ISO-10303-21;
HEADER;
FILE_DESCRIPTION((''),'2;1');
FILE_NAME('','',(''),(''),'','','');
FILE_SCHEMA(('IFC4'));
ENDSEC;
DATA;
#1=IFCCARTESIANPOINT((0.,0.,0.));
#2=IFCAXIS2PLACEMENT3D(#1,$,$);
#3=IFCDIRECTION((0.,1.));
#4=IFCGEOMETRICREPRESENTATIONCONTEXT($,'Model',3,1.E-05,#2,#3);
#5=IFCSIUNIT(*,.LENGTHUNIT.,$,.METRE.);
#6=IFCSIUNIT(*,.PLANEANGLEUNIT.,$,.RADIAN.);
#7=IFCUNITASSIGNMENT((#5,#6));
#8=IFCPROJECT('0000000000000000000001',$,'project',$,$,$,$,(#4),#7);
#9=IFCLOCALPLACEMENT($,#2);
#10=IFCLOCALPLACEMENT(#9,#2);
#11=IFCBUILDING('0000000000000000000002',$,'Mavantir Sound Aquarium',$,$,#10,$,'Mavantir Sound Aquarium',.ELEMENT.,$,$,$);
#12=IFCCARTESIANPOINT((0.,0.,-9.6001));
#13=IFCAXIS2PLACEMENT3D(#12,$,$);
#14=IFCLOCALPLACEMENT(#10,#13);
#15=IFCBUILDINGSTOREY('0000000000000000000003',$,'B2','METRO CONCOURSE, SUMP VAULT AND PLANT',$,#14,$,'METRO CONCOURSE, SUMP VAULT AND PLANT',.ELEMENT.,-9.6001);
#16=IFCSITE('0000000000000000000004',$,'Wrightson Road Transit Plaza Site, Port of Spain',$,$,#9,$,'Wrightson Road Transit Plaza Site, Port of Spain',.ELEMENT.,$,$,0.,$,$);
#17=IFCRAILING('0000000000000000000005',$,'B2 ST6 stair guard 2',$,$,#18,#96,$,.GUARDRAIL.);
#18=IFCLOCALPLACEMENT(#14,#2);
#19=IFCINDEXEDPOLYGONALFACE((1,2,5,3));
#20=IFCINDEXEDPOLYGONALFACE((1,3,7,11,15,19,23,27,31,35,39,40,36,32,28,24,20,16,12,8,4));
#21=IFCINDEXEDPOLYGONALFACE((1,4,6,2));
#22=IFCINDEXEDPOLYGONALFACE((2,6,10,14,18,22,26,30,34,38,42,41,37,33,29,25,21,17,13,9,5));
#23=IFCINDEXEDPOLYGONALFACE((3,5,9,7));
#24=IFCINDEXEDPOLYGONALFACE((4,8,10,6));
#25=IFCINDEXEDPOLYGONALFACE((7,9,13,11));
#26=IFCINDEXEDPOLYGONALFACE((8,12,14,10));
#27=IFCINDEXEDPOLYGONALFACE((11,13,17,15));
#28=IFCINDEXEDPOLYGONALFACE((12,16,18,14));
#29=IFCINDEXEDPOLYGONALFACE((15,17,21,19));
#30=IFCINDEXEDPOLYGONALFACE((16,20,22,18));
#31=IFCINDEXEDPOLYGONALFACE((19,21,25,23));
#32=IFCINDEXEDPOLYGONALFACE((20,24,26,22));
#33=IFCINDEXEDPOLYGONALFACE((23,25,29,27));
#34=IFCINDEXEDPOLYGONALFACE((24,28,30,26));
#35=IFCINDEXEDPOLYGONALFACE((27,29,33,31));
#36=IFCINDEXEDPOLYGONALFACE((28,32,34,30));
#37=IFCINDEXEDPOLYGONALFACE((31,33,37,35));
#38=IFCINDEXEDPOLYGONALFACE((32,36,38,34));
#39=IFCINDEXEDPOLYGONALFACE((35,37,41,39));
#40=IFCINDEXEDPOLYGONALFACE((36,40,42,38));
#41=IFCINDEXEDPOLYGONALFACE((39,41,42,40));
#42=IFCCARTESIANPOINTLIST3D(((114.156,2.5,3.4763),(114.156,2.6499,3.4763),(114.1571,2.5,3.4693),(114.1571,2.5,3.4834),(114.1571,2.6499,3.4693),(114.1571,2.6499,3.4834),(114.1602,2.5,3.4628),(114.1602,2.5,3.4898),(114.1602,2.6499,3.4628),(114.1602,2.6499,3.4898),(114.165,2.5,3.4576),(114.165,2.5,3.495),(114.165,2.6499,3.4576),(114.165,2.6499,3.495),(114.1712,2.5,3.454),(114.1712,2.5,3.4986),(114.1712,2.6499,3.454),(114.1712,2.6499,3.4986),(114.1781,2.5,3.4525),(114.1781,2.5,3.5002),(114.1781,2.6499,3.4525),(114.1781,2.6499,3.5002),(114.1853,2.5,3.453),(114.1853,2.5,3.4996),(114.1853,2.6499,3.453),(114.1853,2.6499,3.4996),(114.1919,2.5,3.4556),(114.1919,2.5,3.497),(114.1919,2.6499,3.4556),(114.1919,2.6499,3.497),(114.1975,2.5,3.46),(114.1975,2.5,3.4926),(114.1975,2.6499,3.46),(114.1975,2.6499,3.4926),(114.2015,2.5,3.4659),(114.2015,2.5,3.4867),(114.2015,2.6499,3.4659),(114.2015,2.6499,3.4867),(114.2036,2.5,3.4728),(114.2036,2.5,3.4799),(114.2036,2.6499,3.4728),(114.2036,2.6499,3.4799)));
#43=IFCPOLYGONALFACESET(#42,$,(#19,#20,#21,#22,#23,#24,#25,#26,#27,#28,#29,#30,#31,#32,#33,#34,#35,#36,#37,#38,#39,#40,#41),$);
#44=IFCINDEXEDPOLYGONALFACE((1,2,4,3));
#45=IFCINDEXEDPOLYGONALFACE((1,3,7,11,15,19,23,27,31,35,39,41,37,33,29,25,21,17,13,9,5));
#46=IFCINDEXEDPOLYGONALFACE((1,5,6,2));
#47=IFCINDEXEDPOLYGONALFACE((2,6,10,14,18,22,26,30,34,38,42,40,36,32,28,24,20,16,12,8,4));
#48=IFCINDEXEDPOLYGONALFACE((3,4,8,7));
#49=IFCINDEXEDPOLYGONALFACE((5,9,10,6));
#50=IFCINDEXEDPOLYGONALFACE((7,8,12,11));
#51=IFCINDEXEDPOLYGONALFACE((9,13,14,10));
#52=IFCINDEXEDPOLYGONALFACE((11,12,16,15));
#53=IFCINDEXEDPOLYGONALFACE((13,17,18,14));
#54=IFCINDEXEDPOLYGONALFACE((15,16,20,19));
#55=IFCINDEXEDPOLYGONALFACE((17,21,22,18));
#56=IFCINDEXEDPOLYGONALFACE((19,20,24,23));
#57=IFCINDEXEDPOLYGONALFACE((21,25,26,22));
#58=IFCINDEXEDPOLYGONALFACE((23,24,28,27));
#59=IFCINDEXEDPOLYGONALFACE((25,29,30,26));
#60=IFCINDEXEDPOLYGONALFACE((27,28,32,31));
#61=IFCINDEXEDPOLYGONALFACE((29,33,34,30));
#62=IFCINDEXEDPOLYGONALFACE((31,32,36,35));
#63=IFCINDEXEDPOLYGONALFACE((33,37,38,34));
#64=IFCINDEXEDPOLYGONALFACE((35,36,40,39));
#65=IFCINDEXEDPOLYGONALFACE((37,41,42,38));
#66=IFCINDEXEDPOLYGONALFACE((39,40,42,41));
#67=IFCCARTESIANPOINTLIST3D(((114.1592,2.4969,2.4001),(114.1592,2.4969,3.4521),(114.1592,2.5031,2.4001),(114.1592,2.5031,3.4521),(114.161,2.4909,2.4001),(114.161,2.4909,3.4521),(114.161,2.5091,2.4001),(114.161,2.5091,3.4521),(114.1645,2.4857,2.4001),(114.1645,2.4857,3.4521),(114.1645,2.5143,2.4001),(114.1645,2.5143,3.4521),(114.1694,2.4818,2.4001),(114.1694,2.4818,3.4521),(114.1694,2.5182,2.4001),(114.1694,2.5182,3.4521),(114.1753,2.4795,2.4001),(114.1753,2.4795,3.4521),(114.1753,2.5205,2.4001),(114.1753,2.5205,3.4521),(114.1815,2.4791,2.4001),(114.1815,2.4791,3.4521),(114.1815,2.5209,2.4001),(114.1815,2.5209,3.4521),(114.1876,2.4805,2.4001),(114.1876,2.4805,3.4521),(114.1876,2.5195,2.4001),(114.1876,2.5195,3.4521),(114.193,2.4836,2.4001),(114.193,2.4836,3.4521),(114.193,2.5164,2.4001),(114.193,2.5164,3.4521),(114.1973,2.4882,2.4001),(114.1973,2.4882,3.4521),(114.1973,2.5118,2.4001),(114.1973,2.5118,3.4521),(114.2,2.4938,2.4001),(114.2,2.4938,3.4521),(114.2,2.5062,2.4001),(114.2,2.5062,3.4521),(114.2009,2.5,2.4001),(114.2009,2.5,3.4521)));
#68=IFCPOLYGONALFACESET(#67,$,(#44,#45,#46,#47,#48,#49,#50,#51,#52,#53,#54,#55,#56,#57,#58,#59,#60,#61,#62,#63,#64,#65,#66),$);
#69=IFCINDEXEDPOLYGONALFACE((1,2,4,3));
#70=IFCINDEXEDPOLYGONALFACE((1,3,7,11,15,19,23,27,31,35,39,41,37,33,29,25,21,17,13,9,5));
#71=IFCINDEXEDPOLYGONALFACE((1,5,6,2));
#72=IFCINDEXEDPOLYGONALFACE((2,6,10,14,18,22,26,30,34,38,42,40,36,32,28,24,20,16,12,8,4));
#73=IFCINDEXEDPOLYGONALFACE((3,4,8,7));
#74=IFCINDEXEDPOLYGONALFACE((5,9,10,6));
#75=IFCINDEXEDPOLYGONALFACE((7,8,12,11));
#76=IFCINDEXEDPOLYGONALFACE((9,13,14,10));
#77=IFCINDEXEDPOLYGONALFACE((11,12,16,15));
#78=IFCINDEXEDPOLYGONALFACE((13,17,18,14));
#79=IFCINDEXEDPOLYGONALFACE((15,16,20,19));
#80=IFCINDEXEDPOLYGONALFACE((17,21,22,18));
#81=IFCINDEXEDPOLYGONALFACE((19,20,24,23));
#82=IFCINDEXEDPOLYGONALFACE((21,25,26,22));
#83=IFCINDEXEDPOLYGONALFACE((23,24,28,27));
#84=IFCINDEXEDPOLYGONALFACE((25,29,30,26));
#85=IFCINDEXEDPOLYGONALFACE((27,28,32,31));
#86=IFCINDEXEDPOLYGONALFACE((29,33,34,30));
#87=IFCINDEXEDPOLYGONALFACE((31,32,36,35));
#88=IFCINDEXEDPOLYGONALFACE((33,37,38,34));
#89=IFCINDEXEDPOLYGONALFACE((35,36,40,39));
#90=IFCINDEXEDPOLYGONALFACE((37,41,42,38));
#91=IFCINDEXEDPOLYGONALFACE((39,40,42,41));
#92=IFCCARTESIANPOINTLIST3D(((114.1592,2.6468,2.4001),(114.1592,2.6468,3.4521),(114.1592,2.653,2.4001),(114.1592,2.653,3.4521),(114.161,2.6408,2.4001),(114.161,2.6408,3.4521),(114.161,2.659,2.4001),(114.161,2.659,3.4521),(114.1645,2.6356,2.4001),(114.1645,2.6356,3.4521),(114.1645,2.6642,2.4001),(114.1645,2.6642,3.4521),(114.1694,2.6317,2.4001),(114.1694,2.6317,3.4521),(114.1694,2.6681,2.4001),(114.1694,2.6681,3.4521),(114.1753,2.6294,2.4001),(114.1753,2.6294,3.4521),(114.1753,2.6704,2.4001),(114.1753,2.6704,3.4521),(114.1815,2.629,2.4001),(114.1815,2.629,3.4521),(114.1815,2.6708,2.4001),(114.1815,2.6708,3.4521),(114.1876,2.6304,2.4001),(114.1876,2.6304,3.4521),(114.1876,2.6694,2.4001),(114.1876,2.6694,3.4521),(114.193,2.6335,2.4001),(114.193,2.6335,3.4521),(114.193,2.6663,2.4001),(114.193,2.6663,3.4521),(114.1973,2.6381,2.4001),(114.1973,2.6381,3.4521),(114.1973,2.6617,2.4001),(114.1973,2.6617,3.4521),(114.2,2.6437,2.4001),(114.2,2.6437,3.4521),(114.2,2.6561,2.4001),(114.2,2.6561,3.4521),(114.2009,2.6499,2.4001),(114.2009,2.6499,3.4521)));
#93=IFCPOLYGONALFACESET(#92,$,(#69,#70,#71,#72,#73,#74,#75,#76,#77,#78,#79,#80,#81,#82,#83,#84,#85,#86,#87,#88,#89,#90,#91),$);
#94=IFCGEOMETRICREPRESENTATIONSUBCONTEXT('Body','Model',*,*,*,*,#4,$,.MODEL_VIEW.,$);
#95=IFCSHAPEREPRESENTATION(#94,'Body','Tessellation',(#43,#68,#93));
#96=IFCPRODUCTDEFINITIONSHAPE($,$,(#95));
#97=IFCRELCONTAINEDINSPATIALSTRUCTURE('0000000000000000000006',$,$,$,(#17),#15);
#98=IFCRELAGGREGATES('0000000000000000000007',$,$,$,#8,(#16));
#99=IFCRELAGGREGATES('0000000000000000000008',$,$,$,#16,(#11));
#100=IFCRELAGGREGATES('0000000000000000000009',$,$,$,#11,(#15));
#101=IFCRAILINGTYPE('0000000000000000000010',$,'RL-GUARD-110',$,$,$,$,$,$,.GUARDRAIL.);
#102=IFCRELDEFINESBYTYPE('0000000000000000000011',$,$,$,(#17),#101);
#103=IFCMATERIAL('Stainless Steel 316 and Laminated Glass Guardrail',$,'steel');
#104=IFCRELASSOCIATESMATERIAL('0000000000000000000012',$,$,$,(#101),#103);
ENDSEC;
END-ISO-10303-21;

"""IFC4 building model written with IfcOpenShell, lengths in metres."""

from ifc_helpers import new_model, si_unit, direction, frame, origin, origin_2d, place, context, subcontext, project, spatial, circle, extrude, material, type_object, element, save


model = new_model("IFC4")

# Units and contexts
model_context = context("Model", 3, precision=1e-05, world=origin(), true_north=direction((0.0, 1.0)))
body_context = subcontext(model_context, "Body", "Model", "MODEL_VIEW")
ifc_project = project(units=[si_unit("LENGTHUNIT", "METRE"), si_unit("PLANEANGLEUNIT", "RADIAN")], contexts=[model_context])

# Site, building, storey
site_placement = place(None, origin())
site = spatial("IfcSite", under=ifc_project, at=site_placement, Name="Wrightson Road Transit Plaza Site, Port of Spain", LongName="Wrightson Road Transit Plaza Site, Port of Spain", CompositionType="ELEMENT", RefElevation=0.0)
building_placement = place(site_placement, origin())
building = spatial("IfcBuilding", under=site, at=building_placement, Name="Mavantir Sound Aquarium", LongName="Mavantir Sound Aquarium", CompositionType="ELEMENT")
storey_placement = place(building_placement, frame((0.0, 0.0, -9.6001)))
storey = spatial("IfcBuildingStorey", under=building, at=storey_placement, Name="B2", Description="METRO CONCOURSE, SUMP VAULT AND PLANT", LongName="METRO CONCOURSE, SUMP VAULT AND PLANT", CompositionType="ELEMENT", Elevation=-9.6001)

# Railing
ifc_material_1 = material(Name="Stainless Steel 316 and Laminated Glass Guardrail", Category="steel")
railing_type = type_object("IfcRailingType", Name="RL-GUARD-110", PredefinedType="GUARDRAIL", material=ifc_material_1)
railing_1_placement = place(storey_placement, frame((114.1799, 2.5, 2.4001)))
element("IfcRailing", 1, at=railing_1_placement, inside=storey, type_object=railing_type, Name="B2 ST6 stair guard 2", PredefinedType="GUARDRAIL", context=body_context, shape_type="SweptSolid", body=[
    extrude(circle(Radius=0.0239, at=origin_2d()), frame((0.0, 0.0, 1.0762), z_axis=(0.0, 1.0, 0.0), x_axis=(-1.0, 0.0, 0.0)), (0.0, 0.0, 1.0), 0.1499),
    extrude(circle(Radius=0.021, at=origin_2d()), origin(), (0.0, 0.0, 1.0), 1.052),
    extrude(circle(Radius=0.021, at=origin_2d()), frame((0.0, 0.1499, 0.0)), (0.0, 0.0, 1.0), 1.052),
])

save(model, "model.ifc")
